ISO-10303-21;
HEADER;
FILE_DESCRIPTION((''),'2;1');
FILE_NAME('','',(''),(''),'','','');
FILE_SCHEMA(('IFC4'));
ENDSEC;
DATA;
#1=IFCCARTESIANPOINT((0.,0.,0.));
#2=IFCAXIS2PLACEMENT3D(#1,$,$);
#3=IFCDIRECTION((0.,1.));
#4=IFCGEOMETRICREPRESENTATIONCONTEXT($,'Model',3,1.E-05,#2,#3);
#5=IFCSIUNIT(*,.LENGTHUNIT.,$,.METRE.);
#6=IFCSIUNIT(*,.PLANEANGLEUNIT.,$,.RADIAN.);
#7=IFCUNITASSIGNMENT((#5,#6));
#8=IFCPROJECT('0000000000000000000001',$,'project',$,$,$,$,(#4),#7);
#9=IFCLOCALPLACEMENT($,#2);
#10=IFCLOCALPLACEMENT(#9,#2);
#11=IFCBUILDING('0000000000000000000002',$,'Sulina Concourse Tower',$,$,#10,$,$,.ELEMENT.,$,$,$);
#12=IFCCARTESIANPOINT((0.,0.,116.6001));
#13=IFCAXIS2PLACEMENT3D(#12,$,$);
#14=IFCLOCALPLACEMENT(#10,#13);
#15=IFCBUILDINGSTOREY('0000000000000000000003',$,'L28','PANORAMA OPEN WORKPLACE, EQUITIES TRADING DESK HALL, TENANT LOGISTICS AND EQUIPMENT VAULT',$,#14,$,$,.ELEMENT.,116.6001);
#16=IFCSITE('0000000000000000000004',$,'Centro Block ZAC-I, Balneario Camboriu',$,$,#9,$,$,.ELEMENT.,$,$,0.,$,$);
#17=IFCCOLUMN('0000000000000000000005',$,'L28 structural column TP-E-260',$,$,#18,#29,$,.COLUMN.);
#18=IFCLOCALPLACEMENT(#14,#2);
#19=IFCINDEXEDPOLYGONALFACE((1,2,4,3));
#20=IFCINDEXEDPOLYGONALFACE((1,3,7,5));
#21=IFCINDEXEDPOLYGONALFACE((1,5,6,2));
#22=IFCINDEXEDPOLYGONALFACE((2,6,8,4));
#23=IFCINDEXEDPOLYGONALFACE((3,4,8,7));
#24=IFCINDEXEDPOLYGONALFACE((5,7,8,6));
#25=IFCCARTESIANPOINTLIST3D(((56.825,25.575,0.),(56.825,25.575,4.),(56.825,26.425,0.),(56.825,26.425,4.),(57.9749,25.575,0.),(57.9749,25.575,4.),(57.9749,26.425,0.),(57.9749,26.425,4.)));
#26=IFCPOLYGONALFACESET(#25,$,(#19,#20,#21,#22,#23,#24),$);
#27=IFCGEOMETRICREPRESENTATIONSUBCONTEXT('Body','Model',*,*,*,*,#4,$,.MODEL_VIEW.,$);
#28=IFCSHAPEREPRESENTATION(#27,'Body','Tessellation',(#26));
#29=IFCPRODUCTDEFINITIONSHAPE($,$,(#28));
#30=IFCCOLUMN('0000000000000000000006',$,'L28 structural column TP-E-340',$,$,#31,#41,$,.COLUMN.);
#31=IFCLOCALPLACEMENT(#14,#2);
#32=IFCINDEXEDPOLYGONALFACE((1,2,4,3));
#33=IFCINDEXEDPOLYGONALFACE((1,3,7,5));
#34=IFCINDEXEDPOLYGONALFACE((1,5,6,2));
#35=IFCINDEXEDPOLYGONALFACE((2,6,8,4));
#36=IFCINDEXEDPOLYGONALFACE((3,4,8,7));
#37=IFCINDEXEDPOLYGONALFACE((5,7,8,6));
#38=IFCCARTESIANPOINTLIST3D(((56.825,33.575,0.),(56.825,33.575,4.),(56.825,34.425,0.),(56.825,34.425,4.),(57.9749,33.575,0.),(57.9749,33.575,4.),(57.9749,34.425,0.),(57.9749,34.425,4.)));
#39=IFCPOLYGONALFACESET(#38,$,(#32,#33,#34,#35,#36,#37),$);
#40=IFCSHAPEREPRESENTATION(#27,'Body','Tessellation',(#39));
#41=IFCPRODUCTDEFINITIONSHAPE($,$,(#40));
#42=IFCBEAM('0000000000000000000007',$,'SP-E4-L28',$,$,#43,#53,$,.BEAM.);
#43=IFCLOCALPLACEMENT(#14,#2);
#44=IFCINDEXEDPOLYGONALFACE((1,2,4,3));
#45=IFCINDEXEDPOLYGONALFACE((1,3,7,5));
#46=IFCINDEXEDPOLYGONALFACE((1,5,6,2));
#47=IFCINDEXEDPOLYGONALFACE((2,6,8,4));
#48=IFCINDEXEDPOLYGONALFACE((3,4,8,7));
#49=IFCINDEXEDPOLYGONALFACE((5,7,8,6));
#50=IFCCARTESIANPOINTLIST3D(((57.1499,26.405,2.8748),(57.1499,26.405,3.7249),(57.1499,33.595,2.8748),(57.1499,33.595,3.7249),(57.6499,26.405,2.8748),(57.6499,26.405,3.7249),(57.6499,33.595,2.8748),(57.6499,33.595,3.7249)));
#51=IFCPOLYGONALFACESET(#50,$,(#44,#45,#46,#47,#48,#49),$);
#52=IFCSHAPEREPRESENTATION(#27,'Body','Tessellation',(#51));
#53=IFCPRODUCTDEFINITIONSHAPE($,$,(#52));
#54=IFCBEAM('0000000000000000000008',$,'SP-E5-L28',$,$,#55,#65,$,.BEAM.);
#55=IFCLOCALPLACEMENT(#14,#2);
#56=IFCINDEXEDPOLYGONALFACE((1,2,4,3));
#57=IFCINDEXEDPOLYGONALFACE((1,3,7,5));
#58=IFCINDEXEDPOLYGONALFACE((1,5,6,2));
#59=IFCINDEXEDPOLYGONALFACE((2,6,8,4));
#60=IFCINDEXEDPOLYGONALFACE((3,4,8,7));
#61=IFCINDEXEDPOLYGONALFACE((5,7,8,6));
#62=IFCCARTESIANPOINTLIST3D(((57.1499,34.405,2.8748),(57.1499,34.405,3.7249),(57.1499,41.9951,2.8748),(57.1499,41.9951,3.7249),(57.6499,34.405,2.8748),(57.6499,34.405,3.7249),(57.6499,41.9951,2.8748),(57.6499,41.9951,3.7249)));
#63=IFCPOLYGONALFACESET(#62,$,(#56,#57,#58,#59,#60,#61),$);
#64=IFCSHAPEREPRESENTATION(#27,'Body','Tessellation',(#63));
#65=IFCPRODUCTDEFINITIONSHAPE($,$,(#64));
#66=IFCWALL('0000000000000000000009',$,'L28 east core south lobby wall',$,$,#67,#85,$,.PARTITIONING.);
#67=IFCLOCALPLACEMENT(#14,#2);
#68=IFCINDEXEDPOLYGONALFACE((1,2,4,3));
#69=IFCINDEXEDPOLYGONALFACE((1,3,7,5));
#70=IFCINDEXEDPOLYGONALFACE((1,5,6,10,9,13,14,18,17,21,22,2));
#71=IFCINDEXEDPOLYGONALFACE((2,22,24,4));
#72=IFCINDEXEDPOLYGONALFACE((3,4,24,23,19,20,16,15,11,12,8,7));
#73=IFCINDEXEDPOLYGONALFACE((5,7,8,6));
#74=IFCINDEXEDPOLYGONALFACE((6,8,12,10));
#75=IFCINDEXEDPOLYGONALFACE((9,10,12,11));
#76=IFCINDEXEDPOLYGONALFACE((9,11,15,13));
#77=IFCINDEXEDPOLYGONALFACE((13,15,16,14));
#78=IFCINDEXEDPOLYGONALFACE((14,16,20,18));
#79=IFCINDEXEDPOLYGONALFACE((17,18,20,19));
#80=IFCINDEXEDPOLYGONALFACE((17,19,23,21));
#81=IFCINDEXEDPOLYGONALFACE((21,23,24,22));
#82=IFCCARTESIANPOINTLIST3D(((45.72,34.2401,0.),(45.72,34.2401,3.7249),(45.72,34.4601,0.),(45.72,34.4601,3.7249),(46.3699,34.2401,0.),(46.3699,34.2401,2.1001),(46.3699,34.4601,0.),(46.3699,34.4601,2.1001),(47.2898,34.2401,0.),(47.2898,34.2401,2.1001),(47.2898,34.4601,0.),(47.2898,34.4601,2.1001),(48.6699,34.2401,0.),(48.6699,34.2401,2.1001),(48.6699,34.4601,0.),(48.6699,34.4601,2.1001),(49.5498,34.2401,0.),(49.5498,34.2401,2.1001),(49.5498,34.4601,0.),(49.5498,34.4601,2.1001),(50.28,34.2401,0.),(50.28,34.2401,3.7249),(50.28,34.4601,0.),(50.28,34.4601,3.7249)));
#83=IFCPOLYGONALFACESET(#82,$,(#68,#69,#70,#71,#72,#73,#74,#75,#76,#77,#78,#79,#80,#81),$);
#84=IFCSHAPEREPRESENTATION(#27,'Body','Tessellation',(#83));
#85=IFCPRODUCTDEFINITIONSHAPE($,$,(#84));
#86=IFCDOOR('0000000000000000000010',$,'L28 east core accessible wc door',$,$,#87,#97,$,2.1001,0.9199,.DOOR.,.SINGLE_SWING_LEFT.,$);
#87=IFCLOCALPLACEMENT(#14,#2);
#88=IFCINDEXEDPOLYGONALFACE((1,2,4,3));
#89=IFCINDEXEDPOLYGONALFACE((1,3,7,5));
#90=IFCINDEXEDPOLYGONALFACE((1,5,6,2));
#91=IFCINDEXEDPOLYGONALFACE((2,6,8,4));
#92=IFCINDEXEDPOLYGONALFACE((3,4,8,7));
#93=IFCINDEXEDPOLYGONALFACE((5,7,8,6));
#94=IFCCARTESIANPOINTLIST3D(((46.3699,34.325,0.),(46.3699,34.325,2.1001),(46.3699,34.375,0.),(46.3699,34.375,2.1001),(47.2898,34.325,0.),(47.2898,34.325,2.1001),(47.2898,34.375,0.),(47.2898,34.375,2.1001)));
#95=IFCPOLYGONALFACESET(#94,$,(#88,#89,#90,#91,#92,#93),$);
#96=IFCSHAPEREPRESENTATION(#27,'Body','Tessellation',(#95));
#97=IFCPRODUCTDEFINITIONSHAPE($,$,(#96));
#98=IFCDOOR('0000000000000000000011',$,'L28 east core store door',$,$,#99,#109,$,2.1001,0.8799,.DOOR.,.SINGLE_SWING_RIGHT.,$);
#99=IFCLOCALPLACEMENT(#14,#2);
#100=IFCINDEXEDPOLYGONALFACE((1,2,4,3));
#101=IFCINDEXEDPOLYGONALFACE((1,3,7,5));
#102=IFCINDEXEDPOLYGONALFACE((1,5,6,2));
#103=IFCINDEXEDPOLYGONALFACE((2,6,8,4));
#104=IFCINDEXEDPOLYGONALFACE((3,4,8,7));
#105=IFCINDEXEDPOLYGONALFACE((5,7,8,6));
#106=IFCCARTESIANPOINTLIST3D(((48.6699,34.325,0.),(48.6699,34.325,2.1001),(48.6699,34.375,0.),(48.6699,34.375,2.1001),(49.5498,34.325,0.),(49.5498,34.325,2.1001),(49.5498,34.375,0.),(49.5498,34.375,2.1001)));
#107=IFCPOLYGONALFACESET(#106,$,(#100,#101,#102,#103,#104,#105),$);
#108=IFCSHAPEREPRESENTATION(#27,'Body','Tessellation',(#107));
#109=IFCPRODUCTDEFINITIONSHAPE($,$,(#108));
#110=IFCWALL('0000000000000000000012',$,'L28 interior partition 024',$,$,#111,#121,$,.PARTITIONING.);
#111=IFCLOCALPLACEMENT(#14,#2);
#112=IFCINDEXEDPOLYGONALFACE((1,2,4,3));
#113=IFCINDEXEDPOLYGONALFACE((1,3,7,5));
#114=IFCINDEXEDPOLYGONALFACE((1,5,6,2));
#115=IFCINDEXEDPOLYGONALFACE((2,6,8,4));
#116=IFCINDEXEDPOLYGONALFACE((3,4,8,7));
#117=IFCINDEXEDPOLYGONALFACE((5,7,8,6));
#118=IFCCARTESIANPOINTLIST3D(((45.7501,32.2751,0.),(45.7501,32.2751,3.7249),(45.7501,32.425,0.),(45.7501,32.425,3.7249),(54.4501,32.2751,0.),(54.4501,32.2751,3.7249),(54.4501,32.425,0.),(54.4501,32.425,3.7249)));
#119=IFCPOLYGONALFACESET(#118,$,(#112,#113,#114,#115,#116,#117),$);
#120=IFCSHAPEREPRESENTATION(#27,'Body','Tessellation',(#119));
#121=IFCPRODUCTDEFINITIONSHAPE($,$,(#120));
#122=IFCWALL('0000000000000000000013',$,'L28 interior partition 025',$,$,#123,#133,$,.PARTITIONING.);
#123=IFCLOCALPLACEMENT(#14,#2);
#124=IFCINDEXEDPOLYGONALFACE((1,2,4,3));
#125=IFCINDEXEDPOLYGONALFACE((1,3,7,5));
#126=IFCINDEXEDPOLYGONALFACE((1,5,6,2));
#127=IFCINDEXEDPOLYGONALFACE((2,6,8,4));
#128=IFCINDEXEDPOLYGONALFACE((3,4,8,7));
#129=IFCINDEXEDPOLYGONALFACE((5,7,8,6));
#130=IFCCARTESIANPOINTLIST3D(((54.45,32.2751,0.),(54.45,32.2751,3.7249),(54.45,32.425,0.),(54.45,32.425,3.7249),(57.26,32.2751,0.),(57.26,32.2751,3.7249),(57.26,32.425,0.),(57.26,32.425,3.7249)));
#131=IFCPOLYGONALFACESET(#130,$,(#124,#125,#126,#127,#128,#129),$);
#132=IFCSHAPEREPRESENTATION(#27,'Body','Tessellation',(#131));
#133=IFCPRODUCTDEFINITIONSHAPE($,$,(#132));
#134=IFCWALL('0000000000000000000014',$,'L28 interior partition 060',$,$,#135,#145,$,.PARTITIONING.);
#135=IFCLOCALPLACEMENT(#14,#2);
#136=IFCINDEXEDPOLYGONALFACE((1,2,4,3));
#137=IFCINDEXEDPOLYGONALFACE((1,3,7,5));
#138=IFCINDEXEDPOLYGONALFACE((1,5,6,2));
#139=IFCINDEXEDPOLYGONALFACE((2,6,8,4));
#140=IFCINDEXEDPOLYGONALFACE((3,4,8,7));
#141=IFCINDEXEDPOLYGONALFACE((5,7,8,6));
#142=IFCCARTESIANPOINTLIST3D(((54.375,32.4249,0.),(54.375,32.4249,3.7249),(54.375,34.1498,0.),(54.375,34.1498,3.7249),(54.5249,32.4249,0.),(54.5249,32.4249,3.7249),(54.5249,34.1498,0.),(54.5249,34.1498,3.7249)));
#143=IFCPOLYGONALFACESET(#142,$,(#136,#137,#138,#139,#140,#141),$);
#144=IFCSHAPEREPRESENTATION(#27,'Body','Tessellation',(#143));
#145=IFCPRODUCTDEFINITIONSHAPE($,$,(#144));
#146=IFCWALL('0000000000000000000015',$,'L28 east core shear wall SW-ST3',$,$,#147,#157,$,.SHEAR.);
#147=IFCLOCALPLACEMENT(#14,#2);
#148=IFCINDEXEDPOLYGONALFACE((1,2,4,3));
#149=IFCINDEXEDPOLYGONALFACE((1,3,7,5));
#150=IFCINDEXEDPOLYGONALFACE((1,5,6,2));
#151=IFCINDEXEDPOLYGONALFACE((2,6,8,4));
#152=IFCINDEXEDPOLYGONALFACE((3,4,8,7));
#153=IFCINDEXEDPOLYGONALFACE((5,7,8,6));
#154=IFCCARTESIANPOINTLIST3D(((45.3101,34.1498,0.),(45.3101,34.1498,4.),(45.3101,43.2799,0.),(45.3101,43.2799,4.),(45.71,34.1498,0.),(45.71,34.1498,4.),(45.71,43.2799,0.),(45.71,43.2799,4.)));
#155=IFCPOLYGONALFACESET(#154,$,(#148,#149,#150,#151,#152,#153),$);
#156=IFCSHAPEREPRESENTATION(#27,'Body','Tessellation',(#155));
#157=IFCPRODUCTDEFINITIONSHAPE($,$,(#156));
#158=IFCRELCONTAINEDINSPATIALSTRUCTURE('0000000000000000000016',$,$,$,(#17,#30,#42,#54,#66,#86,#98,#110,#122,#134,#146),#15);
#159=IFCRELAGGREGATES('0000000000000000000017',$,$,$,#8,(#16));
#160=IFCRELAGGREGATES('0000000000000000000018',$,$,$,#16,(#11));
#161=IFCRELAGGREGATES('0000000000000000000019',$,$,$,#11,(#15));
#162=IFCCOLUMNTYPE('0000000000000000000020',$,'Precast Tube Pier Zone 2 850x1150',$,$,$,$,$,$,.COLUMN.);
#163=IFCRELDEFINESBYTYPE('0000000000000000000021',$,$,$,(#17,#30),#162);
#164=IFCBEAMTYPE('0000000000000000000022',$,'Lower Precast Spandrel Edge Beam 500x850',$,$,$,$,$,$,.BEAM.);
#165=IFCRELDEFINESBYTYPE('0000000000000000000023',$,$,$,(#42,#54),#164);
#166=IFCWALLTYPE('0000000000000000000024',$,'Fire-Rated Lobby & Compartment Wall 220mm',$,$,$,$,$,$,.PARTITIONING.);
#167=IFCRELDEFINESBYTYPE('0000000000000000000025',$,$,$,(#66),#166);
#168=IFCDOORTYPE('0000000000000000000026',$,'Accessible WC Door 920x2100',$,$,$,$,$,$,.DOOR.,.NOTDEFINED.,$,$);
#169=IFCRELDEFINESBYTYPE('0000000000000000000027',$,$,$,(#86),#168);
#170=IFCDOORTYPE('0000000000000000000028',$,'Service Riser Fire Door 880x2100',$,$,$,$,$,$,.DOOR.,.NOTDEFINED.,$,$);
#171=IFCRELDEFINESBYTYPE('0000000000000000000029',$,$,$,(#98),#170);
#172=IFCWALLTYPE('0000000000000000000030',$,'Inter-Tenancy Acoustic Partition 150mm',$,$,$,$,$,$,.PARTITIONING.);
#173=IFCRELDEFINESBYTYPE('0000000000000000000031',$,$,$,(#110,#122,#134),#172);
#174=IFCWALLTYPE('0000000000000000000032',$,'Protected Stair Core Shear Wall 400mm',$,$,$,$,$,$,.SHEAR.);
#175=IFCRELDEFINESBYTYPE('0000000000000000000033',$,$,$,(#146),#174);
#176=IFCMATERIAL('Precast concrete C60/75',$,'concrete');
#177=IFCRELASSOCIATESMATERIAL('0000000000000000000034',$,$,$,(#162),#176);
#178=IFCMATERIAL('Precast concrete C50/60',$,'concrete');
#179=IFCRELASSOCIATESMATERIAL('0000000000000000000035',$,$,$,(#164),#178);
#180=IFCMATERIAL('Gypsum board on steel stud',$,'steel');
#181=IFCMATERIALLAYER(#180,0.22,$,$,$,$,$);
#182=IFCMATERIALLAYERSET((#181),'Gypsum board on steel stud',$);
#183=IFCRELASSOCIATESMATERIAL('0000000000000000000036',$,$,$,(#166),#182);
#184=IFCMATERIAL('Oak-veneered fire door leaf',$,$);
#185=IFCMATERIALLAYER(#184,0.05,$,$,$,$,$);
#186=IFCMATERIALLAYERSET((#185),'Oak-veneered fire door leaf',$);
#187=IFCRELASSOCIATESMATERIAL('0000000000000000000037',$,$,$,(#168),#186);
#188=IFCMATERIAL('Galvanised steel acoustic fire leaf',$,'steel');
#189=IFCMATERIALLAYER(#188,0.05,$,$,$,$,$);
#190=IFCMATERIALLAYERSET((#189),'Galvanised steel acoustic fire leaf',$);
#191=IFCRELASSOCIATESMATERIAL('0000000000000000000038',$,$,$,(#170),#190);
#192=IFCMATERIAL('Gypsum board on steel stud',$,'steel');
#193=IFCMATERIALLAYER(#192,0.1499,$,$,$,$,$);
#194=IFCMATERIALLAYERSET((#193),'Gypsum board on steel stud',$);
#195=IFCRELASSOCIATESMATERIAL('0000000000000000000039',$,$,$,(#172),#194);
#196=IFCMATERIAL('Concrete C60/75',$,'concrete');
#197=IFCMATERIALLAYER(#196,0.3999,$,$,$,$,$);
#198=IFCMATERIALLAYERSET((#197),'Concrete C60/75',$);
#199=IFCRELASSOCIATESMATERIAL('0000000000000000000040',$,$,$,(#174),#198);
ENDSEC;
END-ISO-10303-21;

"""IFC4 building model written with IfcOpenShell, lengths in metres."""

from ifc_helpers import new_model, si_unit, direction, frame, frame_2d, origin, origin_2d, place, context, subcontext, project, spatial, rectangle, extrude, material, layer, layer_set, material_profile, profile_set, type_object, element, fill, save


model = new_model("IFC4")

# Units and contexts
model_context = context("Model", 3, precision=1e-05, world=origin(), true_north=direction((0.0, 1.0)))
body_context = subcontext(model_context, "Body", "Model", "MODEL_VIEW")
ifc_project = project(units=[si_unit("LENGTHUNIT", "METRE"), si_unit("PLANEANGLEUNIT", "RADIAN")], contexts=[model_context])

# Site, building, storey
site_placement = place(None, origin())
site = spatial("IfcSite", under=ifc_project, at=site_placement, Name="Centro Block ZAC-I, Balneario Camboriu", CompositionType="ELEMENT", RefElevation=0.0)
building_placement = place(site_placement, origin())
building = spatial("IfcBuilding", under=site, at=building_placement, Name="Sulina Concourse Tower", CompositionType="ELEMENT")
storey_placement = place(building_placement, frame((0.0, 0.0, 116.6001)))
storey = spatial("IfcBuildingStorey", under=building, at=storey_placement, Name="L28", Description="PANORAMA OPEN WORKPLACE, EQUITIES TRADING DESK HALL, TENANT LOGISTICS AND EQUIPMENT VAULT", CompositionType="ELEMENT", Elevation=116.6001)

# Columns
ifc_material_1 = material(Name="Precast concrete C60/75", Category="concrete")
ifc_material_profile_1 = material_profile(ifc_material_1, rectangle(XDim=0.8501, YDim=1.1499, at=origin_2d()), Name="PC 850x1150")
ifc_profile_set_1 = profile_set([ifc_material_profile_1], Name="Precast concrete C60/75")
column_type = type_object("IfcColumnType", Name="Precast Tube Pier Zone 2 850x1150", PredefinedType="COLUMN", material=ifc_profile_set_1)
for number, where, z_axis, x_axis, name in (
    (1, (57.3999, 26.0, 0.0), (0.0, 0.0, 1.0), (0.0, 1.0, 0.0), "L28 structural column TP-E-260"),
    (2, (57.3999, 34.0, 0.0), (0.0, 0.0, 1.0), (0.0, 1.0, 0.0), "L28 structural column TP-E-340"),
):
    element("IfcColumn", number, at=place(storey_placement, frame(where, z_axis=z_axis, x_axis=x_axis)), inside=storey, type_object=column_type, Name=name, PredefinedType="COLUMN", context=body_context, shape_type="SweptSolid", body=[
        extrude(rectangle(XDim=0.8501, YDim=1.1499, at=origin_2d()), origin(), (0.0, 0.0, 1.0), 4.0),
    ])

# Beams
ifc_material_2 = material(Name="Precast concrete C50/60", Category="concrete")
ifc_material_profile_2 = material_profile(ifc_material_2, rectangle(XDim=0.5, YDim=0.8501, at=origin_2d()), Name="RC 500x850")
ifc_profile_set_2 = profile_set([ifc_material_profile_2], Name="Precast concrete C50/60")
beam_type = type_object("IfcBeamType", Name="Lower Precast Spandrel Edge Beam 500x850", PredefinedType="BEAM", material=ifc_profile_set_2)
beam_1_placement = place(storey_placement, frame((57.3999, 26.405, 3.2998), z_axis=(0.0, 1.0, 0.0), x_axis=(-1.0, 0.0, 0.0)))
element("IfcBeam", 3, at=beam_1_placement, inside=storey, type_object=beam_type, Name="SP-E4-L28", PredefinedType="BEAM", context=body_context, shape_type="SweptSolid", body=[
    extrude(rectangle(XDim=0.5, YDim=0.8501, at=origin_2d()), origin(), (0.0, 0.0, 1.0), 7.1899),
])
beam_2_placement = place(storey_placement, frame((57.3999, 34.405, 3.2998), z_axis=(0.0, 1.0, 0.0), x_axis=(-1.0, 0.0, 0.0)))
element("IfcBeam", 4, at=beam_2_placement, inside=storey, type_object=beam_type, Name="SP-E5-L28", PredefinedType="BEAM", context=body_context, shape_type="SweptSolid", body=[
    extrude(rectangle(XDim=0.5, YDim=0.8501, at=origin_2d()), origin(), (0.0, 0.0, 1.0), 7.5901),
])

# Wall, openings, doors
ifc_material_3 = material(Name="Gypsum board on steel stud", Category="steel")
ifc_layer_1 = layer(ifc_material_3, 0.22)
ifc_layer_set_1 = layer_set([ifc_layer_1], Name="Gypsum board on steel stud")
wall_type_1 = type_object("IfcWallType", Name="Fire-Rated Lobby & Compartment Wall 220mm", PredefinedType="PARTITIONING", material=ifc_layer_set_1)
wall_1_placement = place(storey_placement, frame((45.72, 34.3501, 0.0), z_axis=(0.0, 0.0, 1.0), x_axis=(1.0, 0.0, 0.0)))
wall_1 = element("IfcWall", 5, at=wall_1_placement, inside=storey, type_object=wall_type_1, Name="L28 east core south lobby wall", PredefinedType="PARTITIONING", context=body_context, shape_type="SweptSolid", body=[
    extrude(rectangle(XDim=4.5601, YDim=0.22, at=frame_2d((2.28, 0.0))), origin(), (0.0, 0.0, 1.0), 3.7249),
])
opening_1_placement = place(wall_1_placement, frame((0.6499, 0.0, 0.0)))
opening_1 = element("IfcOpeningElement", 6, at=opening_1_placement, cuts=wall_1, PredefinedType="OPENING", context=body_context, shape_type="SweptSolid", body=[
    extrude(rectangle(XDim=0.9199, YDim=2.1001, at=frame_2d((0.46, 1.05))), frame((0.0, 0.1199, 0.0), z_axis=(0.0, -1.0, 0.0), x_axis=(1.0, 0.0, 0.0)), (0.0, 0.0, 1.0), 0.24),
])
opening_2_placement = place(wall_1_placement, frame((2.95, 0.0, 0.0)))
opening_2 = element("IfcOpeningElement", 7, at=opening_2_placement, cuts=wall_1, PredefinedType="OPENING", context=body_context, shape_type="SweptSolid", body=[
    extrude(rectangle(XDim=0.8799, YDim=2.1001, at=frame_2d((0.4399, 1.05))), frame((0.0, 0.1199, 0.0), z_axis=(0.0, -1.0, 0.0), x_axis=(1.0, 0.0, 0.0)), (0.0, 0.0, 1.0), 0.24),
])
ifc_material_4 = material(Name="Oak-veneered fire door leaf")
ifc_layer_2 = layer(ifc_material_4, 0.05)
ifc_layer_set_2 = layer_set([ifc_layer_2], Name="Oak-veneered fire door leaf")
door_type_1 = type_object("IfcDoorType", Name="Accessible WC Door 920x2100", OperationType="NOTDEFINED", PredefinedType="DOOR", material=ifc_layer_set_2)
door_1_placement = place(opening_1_placement, origin())
door_1 = element("IfcDoor", 8, at=door_1_placement, inside=storey, type_object=door_type_1, Name="L28 east core accessible wc door", OperationType="SINGLE_SWING_LEFT", OverallHeight=2.1001, OverallWidth=0.9199, PredefinedType="DOOR", context=body_context, shape_type="SweptSolid", body=[
    extrude(rectangle(XDim=0.9199, YDim=2.1001, at=frame_2d((0.46, 1.05))), frame((0.0, 0.0249, 0.0), z_axis=(0.0, -1.0, 0.0), x_axis=(1.0, 0.0, 0.0)), (0.0, 0.0, 1.0), 0.05),
])
fill(opening_1, door_1)
ifc_material_5 = material(Name="Galvanised steel acoustic fire leaf", Category="steel")
ifc_layer_3 = layer(ifc_material_5, 0.05)
ifc_layer_set_3 = layer_set([ifc_layer_3], Name="Galvanised steel acoustic fire leaf")
door_type_2 = type_object("IfcDoorType", Name="Service Riser Fire Door 880x2100", OperationType="NOTDEFINED", PredefinedType="DOOR", material=ifc_layer_set_3)
door_2_placement = place(opening_2_placement, origin())
door_2 = element("IfcDoor", 9, at=door_2_placement, inside=storey, type_object=door_type_2, Name="L28 east core store door", OperationType="SINGLE_SWING_RIGHT", OverallHeight=2.1001, OverallWidth=0.8799, PredefinedType="DOOR", context=body_context, shape_type="SweptSolid", body=[
    extrude(rectangle(XDim=0.8799, YDim=2.1001, at=frame_2d((0.4399, 1.05))), frame((0.0, 0.0249, 0.0), z_axis=(0.0, -1.0, 0.0), x_axis=(1.0, 0.0, 0.0)), (0.0, 0.0, 1.0), 0.05),
])
fill(opening_2, door_2)

# Walls
ifc_material_6 = material(Name="Gypsum board on steel stud", Category="steel")
ifc_layer_4 = layer(ifc_material_6, 0.1499)
ifc_layer_set_4 = layer_set([ifc_layer_4], Name="Gypsum board on steel stud")
wall_type_2 = type_object("IfcWallType", Name="Inter-Tenancy Acoustic Partition 150mm", PredefinedType="PARTITIONING", material=ifc_layer_set_4)
wall_2_placement = place(storey_placement, frame((45.75, 32.3501, 0.0), z_axis=(0.0, 0.0, 1.0), x_axis=(1.0, 0.0, 0.0)))
element("IfcWall", 10, at=wall_2_placement, inside=storey, type_object=wall_type_2, Name="L28 interior partition 024", PredefinedType="PARTITIONING", context=body_context, shape_type="SweptSolid", body=[
    extrude(rectangle(XDim=8.7, YDim=0.1499, at=frame_2d((4.3501, 0.0))), origin(), (0.0, 0.0, 1.0), 3.7249),
])
wall_3_placement = place(storey_placement, frame((54.45, 32.3501, 0.0), z_axis=(0.0, 0.0, 1.0), x_axis=(1.0, 0.0, 0.0)))
element("IfcWall", 11, at=wall_3_placement, inside=storey, type_object=wall_type_2, Name="L28 interior partition 025", PredefinedType="PARTITIONING", context=body_context, shape_type="SweptSolid", body=[
    extrude(rectangle(XDim=2.8101, YDim=0.1499, at=frame_2d((1.405, 0.0))), origin(), (0.0, 0.0, 1.0), 3.7249),
])
wall_4_placement = place(storey_placement, frame((54.45, 32.425, 0.0), z_axis=(0.0, 0.0, 1.0), x_axis=(0.0, 1.0, 0.0)))
element("IfcWall", 12, at=wall_4_placement, inside=storey, type_object=wall_type_2, Name="L28 interior partition 060", PredefinedType="PARTITIONING", context=body_context, shape_type="SweptSolid", body=[
    extrude(rectangle(XDim=1.7249, YDim=0.1499, at=frame_2d((0.8623, 0.0))), origin(), (0.0, 0.0, 1.0), 3.7249),
])
ifc_material_7 = material(Name="Concrete C60/75", Category="concrete")
ifc_layer_5 = layer(ifc_material_7, 0.3999)
ifc_layer_set_5 = layer_set([ifc_layer_5], Name="Concrete C60/75")
wall_type_3 = type_object("IfcWallType", Name="Protected Stair Core Shear Wall 400mm", PredefinedType="SHEAR", material=ifc_layer_set_5)
wall_5_placement = place(storey_placement, frame((45.51, 34.1499, 0.0), z_axis=(0.0, 0.0, 1.0), x_axis=(0.0, 1.0, 0.0)))
element("IfcWall", 13, at=wall_5_placement, inside=storey, type_object=wall_type_3, Name="L28 east core shear wall SW-ST3", PredefinedType="SHEAR", context=body_context, shape_type="SweptSolid", body=[
    extrude(rectangle(XDim=9.1301, YDim=0.3999, at=frame_2d((4.5649, 0.0))), origin(), (0.0, 0.0, 1.0), 4.0),
])

save(model, "model.ifc")
